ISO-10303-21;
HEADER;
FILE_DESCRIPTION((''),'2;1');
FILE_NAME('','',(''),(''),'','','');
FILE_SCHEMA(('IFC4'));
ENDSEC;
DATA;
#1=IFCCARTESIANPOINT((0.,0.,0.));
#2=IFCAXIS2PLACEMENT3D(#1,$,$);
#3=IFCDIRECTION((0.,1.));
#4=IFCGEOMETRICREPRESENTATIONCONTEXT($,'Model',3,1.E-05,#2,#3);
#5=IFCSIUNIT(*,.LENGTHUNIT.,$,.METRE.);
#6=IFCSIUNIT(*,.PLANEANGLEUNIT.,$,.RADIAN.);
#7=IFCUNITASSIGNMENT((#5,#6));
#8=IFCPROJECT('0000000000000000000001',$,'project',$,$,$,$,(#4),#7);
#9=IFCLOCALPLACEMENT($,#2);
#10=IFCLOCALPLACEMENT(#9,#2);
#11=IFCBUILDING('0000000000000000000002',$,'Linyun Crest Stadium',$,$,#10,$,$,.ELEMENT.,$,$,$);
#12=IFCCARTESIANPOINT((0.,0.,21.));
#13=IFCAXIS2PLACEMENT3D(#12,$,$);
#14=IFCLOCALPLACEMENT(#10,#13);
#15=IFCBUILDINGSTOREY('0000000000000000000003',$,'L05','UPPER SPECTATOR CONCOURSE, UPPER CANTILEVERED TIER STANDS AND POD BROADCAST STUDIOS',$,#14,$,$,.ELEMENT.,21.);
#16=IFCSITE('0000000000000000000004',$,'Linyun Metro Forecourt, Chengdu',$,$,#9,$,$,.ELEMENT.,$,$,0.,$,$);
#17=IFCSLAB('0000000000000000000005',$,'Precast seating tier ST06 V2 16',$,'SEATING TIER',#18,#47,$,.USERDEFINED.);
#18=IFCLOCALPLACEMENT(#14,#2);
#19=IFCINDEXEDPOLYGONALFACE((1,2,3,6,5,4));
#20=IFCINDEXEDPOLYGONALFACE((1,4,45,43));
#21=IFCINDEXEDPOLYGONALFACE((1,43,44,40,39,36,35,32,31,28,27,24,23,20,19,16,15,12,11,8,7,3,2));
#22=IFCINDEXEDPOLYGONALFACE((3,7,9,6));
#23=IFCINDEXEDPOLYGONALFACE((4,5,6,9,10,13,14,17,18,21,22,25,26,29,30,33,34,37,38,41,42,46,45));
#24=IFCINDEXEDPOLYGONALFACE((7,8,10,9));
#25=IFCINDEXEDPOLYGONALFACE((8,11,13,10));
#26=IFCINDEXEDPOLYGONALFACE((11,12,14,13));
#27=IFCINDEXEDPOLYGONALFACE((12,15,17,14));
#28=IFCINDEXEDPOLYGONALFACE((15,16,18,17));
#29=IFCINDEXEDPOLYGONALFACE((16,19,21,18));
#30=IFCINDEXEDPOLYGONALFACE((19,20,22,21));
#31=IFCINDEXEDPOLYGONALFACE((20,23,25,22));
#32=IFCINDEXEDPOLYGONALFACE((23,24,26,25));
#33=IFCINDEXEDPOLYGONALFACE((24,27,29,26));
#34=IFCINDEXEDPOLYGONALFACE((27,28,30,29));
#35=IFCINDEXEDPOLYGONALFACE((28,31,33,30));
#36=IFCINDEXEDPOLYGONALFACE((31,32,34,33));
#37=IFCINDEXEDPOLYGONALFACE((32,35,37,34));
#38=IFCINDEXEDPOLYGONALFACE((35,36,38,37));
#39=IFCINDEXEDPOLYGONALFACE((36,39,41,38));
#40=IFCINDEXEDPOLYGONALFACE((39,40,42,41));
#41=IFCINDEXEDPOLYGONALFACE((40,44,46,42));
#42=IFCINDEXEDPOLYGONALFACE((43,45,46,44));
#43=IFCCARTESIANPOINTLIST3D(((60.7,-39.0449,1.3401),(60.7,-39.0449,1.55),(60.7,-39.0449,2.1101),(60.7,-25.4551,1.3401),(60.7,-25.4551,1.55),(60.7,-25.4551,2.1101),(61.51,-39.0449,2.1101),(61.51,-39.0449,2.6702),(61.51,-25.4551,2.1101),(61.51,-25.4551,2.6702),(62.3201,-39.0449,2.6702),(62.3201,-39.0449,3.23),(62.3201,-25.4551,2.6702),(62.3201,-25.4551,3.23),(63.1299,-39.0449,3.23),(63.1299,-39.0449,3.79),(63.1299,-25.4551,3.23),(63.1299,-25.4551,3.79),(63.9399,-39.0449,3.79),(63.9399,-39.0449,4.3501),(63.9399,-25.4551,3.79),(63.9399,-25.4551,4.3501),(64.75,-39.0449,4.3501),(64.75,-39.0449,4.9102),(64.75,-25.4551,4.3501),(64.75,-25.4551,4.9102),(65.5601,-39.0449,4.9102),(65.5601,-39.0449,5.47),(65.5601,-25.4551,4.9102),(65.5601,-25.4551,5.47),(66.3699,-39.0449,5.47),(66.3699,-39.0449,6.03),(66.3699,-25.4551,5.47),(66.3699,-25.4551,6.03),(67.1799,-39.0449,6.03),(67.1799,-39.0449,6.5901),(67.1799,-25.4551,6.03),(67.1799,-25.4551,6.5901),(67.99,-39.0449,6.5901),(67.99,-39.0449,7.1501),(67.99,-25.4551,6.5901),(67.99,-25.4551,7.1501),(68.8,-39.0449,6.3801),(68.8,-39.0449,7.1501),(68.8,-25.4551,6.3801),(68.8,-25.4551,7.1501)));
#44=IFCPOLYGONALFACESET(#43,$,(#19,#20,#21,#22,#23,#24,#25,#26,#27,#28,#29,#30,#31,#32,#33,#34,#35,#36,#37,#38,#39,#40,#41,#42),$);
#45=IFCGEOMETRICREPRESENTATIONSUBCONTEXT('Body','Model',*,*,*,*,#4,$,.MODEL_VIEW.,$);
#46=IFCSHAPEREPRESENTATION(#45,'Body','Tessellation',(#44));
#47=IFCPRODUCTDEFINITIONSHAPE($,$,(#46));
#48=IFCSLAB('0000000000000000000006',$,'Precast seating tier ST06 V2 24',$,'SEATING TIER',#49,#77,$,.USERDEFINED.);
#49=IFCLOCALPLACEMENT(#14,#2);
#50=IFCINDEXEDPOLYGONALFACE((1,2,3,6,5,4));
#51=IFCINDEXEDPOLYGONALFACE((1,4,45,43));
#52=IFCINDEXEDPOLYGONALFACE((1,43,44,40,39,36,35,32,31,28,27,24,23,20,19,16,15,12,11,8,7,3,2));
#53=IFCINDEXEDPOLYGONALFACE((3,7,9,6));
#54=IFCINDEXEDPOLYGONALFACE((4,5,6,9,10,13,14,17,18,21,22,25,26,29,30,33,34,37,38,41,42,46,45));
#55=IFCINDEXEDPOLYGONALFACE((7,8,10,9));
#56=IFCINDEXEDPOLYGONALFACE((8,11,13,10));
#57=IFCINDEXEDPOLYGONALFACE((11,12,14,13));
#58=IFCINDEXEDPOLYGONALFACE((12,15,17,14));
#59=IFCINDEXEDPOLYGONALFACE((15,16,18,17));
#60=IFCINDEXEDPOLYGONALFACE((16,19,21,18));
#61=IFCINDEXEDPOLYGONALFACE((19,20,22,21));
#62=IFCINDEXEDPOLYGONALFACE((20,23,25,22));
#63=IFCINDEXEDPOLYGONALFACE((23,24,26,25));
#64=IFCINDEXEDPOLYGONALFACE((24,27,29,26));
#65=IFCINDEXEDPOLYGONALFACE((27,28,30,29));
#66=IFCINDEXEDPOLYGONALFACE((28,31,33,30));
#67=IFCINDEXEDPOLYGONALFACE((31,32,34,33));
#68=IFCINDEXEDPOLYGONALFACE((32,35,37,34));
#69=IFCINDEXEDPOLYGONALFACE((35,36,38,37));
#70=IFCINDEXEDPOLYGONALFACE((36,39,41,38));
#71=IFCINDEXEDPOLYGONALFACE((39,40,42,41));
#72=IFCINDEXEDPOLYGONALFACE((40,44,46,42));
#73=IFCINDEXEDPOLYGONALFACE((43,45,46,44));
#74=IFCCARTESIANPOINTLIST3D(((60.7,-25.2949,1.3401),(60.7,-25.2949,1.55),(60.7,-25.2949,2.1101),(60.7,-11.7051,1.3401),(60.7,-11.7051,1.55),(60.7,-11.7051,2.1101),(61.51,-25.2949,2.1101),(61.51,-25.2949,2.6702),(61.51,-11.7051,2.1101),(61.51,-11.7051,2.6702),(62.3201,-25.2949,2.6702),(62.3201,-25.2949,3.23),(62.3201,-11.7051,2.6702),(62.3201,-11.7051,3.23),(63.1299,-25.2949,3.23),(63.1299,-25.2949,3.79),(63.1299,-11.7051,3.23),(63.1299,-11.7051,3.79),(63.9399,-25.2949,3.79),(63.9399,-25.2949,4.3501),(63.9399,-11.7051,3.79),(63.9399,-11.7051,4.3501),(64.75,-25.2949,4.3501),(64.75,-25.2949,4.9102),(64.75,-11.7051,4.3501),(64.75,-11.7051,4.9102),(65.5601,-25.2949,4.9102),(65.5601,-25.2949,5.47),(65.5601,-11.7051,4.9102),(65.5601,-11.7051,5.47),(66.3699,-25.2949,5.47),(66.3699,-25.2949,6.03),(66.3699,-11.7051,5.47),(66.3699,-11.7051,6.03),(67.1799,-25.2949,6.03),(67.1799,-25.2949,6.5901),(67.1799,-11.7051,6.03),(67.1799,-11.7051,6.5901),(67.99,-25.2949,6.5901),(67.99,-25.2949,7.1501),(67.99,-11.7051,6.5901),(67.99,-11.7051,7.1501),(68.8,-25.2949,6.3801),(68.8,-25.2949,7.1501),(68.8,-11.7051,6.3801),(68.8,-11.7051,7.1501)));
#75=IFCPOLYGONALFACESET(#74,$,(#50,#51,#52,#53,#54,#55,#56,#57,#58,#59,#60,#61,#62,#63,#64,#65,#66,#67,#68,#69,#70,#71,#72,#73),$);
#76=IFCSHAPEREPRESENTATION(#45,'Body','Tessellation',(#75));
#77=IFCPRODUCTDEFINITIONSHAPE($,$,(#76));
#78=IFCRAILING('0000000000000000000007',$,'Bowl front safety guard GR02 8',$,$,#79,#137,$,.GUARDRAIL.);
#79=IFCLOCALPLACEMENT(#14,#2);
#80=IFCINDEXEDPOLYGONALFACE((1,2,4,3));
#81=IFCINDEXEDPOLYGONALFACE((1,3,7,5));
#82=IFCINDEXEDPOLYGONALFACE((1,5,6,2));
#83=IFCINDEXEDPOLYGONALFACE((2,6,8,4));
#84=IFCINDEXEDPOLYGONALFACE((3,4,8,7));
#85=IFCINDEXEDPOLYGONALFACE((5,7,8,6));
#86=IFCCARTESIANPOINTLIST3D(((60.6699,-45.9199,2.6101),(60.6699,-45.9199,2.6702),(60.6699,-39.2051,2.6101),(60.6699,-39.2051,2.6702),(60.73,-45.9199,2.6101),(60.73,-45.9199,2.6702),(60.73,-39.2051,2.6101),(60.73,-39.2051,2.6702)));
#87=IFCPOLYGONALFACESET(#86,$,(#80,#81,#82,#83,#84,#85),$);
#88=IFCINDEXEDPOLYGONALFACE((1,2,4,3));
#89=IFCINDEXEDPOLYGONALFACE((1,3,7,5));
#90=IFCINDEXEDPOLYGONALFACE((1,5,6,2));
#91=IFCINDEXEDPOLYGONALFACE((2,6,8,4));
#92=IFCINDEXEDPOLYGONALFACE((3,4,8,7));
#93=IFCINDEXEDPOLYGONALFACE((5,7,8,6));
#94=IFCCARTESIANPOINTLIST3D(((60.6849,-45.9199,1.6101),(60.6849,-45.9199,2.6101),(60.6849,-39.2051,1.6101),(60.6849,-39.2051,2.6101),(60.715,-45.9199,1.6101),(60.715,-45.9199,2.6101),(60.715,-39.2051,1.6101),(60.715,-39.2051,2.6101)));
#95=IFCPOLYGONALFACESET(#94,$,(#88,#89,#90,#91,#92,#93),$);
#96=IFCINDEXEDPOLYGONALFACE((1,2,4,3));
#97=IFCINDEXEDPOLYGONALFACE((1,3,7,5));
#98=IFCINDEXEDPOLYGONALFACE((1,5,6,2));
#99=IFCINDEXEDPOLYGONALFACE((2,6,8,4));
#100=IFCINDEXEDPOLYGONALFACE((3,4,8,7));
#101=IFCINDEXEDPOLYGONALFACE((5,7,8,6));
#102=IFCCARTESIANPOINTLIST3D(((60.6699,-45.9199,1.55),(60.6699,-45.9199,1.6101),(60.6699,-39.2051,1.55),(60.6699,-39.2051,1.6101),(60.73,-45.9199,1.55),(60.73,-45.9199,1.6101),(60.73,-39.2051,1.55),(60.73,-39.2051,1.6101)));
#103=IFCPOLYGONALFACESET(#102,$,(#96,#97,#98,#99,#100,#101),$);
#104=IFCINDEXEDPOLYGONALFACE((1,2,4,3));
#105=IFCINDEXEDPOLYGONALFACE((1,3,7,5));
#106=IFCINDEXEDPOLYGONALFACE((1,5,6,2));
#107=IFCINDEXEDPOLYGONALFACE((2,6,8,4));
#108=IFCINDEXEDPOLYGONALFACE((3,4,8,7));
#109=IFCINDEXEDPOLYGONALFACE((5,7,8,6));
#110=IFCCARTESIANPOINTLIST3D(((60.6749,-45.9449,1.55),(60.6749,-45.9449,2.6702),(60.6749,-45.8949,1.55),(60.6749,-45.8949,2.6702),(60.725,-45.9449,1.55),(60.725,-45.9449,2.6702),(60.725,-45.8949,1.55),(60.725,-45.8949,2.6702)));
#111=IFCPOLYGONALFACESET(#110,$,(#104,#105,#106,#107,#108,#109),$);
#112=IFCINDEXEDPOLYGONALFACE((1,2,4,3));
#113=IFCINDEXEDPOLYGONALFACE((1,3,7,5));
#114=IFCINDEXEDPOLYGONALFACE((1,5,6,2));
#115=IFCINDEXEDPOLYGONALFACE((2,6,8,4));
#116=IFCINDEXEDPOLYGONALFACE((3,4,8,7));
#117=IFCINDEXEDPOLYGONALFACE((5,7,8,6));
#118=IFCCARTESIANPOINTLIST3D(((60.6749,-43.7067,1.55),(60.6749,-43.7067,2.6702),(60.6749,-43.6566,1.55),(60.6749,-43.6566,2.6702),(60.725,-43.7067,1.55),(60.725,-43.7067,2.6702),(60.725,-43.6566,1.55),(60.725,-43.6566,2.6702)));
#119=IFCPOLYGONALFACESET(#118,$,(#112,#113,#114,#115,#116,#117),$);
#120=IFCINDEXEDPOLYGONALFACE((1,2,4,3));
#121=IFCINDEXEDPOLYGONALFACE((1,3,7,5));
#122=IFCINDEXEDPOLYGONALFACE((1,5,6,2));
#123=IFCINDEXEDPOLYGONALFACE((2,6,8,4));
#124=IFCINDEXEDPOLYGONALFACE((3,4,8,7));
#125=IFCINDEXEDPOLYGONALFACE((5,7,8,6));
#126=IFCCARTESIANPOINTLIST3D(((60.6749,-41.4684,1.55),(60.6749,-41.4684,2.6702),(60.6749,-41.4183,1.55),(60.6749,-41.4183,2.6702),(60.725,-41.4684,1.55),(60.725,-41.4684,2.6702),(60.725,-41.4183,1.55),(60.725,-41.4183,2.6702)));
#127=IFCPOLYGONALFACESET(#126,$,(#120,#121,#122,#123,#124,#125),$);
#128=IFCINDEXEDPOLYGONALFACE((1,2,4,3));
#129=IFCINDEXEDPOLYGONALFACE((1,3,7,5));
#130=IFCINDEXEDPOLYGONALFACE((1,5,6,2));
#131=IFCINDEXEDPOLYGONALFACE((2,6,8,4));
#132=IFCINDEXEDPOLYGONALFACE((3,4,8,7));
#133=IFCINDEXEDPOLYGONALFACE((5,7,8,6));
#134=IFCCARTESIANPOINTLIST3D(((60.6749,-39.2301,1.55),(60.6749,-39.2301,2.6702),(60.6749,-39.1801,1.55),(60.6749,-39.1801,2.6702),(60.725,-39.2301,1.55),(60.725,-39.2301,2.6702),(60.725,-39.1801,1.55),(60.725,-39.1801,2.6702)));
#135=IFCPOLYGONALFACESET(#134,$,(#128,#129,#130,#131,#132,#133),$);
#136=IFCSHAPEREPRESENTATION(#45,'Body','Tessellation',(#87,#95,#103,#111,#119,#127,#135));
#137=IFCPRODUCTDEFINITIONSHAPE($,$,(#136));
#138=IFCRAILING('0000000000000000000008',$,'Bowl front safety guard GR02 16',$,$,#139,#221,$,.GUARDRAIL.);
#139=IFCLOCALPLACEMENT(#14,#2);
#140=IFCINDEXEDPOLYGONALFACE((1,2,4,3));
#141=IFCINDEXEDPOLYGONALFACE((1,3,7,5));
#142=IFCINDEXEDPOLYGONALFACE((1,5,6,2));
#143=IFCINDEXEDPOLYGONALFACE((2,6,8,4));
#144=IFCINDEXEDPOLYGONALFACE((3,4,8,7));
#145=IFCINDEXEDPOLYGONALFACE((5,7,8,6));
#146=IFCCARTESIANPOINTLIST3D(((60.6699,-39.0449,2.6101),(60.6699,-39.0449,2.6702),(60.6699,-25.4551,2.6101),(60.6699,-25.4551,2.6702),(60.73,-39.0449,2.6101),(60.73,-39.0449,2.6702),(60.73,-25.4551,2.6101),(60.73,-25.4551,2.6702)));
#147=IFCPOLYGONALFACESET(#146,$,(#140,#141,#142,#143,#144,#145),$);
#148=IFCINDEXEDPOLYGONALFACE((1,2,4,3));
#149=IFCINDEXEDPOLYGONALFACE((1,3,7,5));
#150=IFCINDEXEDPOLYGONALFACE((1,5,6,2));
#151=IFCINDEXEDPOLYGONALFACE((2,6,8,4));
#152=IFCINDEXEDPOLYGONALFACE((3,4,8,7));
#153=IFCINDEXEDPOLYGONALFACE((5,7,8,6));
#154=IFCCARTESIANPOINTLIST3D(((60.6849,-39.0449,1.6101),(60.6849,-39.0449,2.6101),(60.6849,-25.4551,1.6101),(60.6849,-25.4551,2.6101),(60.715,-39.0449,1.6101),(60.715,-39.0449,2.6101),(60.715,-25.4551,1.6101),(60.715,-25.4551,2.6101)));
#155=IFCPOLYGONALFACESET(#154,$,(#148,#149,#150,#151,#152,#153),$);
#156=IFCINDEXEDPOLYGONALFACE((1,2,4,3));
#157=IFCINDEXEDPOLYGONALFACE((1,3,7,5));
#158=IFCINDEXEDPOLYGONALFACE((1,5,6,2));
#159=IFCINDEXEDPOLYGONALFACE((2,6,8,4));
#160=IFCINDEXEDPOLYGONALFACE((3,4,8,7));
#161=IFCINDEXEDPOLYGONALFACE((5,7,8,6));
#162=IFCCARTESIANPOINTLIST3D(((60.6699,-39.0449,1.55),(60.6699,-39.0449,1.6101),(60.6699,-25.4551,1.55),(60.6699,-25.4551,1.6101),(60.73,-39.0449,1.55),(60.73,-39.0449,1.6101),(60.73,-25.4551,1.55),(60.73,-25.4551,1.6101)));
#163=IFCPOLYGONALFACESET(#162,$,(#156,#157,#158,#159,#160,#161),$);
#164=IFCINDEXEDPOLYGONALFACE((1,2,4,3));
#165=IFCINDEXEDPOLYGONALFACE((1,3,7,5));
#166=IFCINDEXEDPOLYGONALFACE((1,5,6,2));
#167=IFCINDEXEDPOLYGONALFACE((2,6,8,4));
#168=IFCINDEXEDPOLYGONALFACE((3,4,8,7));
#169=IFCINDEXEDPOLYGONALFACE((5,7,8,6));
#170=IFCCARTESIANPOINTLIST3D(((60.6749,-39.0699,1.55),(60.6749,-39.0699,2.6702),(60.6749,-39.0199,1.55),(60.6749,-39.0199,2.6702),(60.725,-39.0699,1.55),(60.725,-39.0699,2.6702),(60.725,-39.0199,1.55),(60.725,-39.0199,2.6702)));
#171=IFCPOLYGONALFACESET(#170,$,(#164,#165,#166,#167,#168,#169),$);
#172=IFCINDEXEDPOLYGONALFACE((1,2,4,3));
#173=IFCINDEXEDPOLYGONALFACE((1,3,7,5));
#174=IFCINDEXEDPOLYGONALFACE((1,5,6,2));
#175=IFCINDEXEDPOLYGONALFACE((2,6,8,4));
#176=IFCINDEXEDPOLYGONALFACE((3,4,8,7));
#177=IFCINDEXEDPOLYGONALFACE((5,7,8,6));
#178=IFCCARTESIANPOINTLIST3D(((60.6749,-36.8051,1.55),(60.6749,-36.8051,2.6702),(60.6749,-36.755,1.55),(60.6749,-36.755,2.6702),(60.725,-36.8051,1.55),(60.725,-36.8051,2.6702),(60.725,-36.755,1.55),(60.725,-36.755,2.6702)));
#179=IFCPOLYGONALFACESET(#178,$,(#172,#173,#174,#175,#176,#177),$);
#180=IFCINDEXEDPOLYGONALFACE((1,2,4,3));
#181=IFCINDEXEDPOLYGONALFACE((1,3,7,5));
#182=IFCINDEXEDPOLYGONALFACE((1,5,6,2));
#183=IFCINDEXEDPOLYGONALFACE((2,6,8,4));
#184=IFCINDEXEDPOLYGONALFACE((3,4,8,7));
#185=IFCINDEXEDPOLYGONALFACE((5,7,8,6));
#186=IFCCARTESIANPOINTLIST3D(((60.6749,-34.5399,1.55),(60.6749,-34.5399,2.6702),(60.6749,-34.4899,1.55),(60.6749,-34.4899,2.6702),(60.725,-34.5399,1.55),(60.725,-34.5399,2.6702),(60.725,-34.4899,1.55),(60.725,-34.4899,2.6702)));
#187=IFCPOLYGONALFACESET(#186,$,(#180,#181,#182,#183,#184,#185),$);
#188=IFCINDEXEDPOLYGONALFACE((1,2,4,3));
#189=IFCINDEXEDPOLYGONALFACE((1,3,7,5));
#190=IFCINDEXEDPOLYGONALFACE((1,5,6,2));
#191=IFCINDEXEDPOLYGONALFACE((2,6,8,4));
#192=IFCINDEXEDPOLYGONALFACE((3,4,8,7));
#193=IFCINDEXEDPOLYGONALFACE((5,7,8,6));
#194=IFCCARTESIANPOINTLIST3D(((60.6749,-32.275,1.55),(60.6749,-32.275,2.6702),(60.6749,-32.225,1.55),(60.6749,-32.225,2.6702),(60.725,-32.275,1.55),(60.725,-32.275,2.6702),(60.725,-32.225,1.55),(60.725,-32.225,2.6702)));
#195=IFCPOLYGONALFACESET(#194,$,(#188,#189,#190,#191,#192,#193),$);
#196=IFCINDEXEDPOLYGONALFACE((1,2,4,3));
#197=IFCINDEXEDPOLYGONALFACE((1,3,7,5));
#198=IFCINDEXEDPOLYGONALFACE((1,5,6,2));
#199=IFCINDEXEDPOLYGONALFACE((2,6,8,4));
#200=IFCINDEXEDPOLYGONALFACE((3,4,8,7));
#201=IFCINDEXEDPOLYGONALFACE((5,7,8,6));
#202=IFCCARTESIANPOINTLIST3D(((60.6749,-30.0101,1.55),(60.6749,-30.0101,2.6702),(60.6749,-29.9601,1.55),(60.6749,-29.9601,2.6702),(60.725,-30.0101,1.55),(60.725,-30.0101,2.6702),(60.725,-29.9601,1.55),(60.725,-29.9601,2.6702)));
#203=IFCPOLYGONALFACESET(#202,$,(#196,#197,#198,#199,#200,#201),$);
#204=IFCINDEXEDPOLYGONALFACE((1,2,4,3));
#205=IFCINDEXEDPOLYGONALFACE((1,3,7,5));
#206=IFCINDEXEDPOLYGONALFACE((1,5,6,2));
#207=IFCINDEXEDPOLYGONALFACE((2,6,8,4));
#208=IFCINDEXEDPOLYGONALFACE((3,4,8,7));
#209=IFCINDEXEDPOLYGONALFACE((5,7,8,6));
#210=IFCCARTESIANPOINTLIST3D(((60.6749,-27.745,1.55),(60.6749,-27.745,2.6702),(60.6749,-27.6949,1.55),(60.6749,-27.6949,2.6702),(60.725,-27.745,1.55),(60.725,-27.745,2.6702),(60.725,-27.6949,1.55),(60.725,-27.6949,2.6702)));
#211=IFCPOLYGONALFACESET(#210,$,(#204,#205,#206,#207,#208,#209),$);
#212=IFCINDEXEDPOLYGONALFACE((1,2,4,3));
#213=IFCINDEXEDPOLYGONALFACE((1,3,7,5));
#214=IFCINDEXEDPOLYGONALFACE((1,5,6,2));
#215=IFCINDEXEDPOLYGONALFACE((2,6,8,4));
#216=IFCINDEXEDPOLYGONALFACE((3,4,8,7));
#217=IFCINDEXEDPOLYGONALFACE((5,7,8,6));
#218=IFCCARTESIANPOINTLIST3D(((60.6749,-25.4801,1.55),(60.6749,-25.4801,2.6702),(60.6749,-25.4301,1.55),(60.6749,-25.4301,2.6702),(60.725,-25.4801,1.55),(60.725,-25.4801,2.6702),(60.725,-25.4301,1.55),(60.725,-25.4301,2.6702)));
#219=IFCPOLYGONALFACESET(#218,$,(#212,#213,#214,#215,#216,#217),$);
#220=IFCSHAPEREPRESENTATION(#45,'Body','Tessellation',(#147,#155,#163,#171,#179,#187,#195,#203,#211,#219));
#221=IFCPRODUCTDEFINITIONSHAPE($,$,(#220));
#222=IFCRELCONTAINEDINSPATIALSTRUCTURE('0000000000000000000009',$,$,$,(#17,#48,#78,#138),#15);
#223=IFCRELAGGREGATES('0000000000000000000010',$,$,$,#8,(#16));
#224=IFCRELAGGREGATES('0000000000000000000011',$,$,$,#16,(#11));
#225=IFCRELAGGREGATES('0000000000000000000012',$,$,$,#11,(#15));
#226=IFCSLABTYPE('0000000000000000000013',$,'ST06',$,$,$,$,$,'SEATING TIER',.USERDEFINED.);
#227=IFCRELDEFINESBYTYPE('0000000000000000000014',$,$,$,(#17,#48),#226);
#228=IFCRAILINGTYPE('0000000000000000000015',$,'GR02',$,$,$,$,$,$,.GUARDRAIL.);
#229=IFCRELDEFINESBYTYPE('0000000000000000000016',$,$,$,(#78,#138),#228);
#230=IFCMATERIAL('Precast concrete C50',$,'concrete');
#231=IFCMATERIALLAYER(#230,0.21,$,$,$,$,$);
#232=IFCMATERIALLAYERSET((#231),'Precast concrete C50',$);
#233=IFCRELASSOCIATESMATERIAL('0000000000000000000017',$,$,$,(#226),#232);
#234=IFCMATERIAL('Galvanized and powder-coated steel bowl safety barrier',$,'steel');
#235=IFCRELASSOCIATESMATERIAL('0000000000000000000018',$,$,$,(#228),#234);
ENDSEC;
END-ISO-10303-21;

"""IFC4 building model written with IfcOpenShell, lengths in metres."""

from ifc_helpers import new_model, si_unit, direction, frame, origin, origin_2d, place, context, subcontext, project, spatial, polyline, rectangle, outline, extrude, material, layer, layer_set, type_object, element, save


model = new_model("IFC4")

# Units and contexts
model_context = context("Model", 3, precision=1e-05, world=origin(), true_north=direction((0.0, 1.0)))
body_context = subcontext(model_context, "Body", "Model", "MODEL_VIEW")
ifc_project = project(units=[si_unit("LENGTHUNIT", "METRE"), si_unit("PLANEANGLEUNIT", "RADIAN")], contexts=[model_context])

# Site, building, storey
site_placement = place(None, origin())
site = spatial("IfcSite", under=ifc_project, at=site_placement, Name="Linyun Metro Forecourt, Chengdu", CompositionType="ELEMENT", RefElevation=0.0)
building_placement = place(site_placement, origin())
building = spatial("IfcBuilding", under=site, at=building_placement, Name="Linyun Crest Stadium", CompositionType="ELEMENT")
storey_placement = place(building_placement, frame((0.0, 0.0, 21.0)))
storey = spatial("IfcBuildingStorey", under=building, at=storey_placement, Name="L05", Description="UPPER SPECTATOR CONCOURSE, UPPER CANTILEVERED TIER STANDS AND POD BROADCAST STUDIOS", CompositionType="ELEMENT", Elevation=21.0)

# Slabs
ifc_material_1 = material(Name="Precast concrete C50", Category="concrete")
ifc_layer_1 = layer(ifc_material_1, 0.21)
ifc_layer_set_1 = layer_set([ifc_layer_1], Name="Precast concrete C50")
slab_type = type_object("IfcSlabType", Name="ST06", ElementType="SEATING TIER", PredefinedType="USERDEFINED", material=ifc_layer_set_1)
for number, where, z_axis, x_axis, name in (
    (1, (60.7, -39.0449, 1.55), (0.0, 0.0, 1.0), (1.0, 0.0, 0.0), "Precast seating tier ST06 V2 16"),
    (2, (60.7, -25.2949, 1.55), (0.0, 0.0, 1.0), (1.0, 0.0, 0.0), "Precast seating tier ST06 V2 24"),
):
    element("IfcSlab", number, at=place(storey_placement, frame(where, z_axis=z_axis, x_axis=x_axis)), inside=storey, type_object=slab_type, Name=name, ObjectType="SEATING TIER", PredefinedType="USERDEFINED", context=body_context, shape_type="SweptSolid", body=[
        extrude(outline(polyline([(0.0, 0.0), (0.0, -0.5601), (0.8101, -0.5601), (0.8101, -1.1201), (1.6201, -1.1201), (1.6201, -1.6799), (2.4299, -1.6799), (2.4299, -2.24), (3.24, -2.24), (3.24, -2.8), (4.05, -2.8), (4.05, -3.3601), (4.8601, -3.3601), (4.8601, -3.9199), (5.6699, -3.9199), (5.6699, -4.48), (6.48, -4.48), (6.48, -5.04), (7.29, -5.04), (7.29, -5.6001), (8.1001, -5.6001), (8.1001, -4.8301), (0.0, 0.21), (0.0, 0.0)])), frame((0.0, 0.0, 0.0), z_axis=(0.0, 1.0, 0.0), x_axis=(1.0, 0.0, 0.0)), (0.0, 0.0, 1.0), 13.5898),
    ])

# Railings
ifc_material_2 = material(Name="Galvanized and powder-coated steel bowl safety barrier", Category="steel")
railing_type = type_object("IfcRailingType", Name="GR02", PredefinedType="GUARDRAIL", material=ifc_material_2)
railing_1_placement = place(storey_placement, frame((60.7, -45.9199, 1.55)))
element("IfcRailing", 3, at=railing_1_placement, inside=storey, type_object=railing_type, Name="Bowl front safety guard GR02 8", PredefinedType="GUARDRAIL", context=body_context, shape_type="SweptSolid", body=[
    extrude(rectangle(XDim=0.0601, YDim=0.0601, at=origin_2d()), frame((0.0, 0.0, 1.0901), z_axis=(0.0, 1.0, 0.0), x_axis=(-1.0, 0.0, 0.0)), (0.0, 0.0, 1.0), 6.7148),
    extrude(rectangle(XDim=0.03, YDim=1.0, at=origin_2d()), frame((0.0, 0.0, 0.5601), z_axis=(0.0, 1.0, 0.0), x_axis=(-1.0, 0.0, 0.0)), (0.0, 0.0, 1.0), 6.7148),
    extrude(rectangle(XDim=0.0601, YDim=0.0601, at=origin_2d()), frame((0.0, 0.0, 0.03), z_axis=(0.0, 1.0, 0.0), x_axis=(-1.0, 0.0, 0.0)), (0.0, 0.0, 1.0), 6.7148),
    extrude(rectangle(XDim=0.05, YDim=0.05, at=origin_2d()), origin(), (0.0, 0.0, 1.0), 1.1201),
    extrude(rectangle(XDim=0.05, YDim=0.05, at=origin_2d()), frame((0.0, 2.2383, 0.0)), (0.0, 0.0, 1.0), 1.1201),
    extrude(rectangle(XDim=0.05, YDim=0.05, at=origin_2d()), frame((0.0, 4.4766, 0.0)), (0.0, 0.0, 1.0), 1.1201),
    extrude(rectangle(XDim=0.05, YDim=0.05, at=origin_2d()), frame((0.0, 6.7148, 0.0)), (0.0, 0.0, 1.0), 1.1201),
])
railing_2_placement = place(storey_placement, frame((60.7, -39.0449, 1.55)))
element("IfcRailing", 4, at=railing_2_placement, inside=storey, type_object=railing_type, Name="Bowl front safety guard GR02 16", PredefinedType="GUARDRAIL", context=body_context, shape_type="SweptSolid", body=[
    extrude(rectangle(XDim=0.0601, YDim=0.0601, at=origin_2d()), frame((0.0, 0.0, 1.0901), z_axis=(0.0, 1.0, 0.0), x_axis=(-1.0, 0.0, 0.0)), (0.0, 0.0, 1.0), 13.5898),
    extrude(rectangle(XDim=0.03, YDim=1.0, at=origin_2d()), frame((0.0, 0.0, 0.5601), z_axis=(0.0, 1.0, 0.0), x_axis=(-1.0, 0.0, 0.0)), (0.0, 0.0, 1.0), 13.5898),
    extrude(rectangle(XDim=0.0601, YDim=0.0601, at=origin_2d()), frame((0.0, 0.0, 0.03), z_axis=(0.0, 1.0, 0.0), x_axis=(-1.0, 0.0, 0.0)), (0.0, 0.0, 1.0), 13.5898),
    extrude(rectangle(XDim=0.05, YDim=0.05, at=origin_2d()), origin(), (0.0, 0.0, 1.0), 1.1201),
    extrude(rectangle(XDim=0.05, YDim=0.05, at=origin_2d()), frame((0.0, 2.2649, 0.0)), (0.0, 0.0, 1.0), 1.1201),
    extrude(rectangle(XDim=0.05, YDim=0.05, at=origin_2d()), frame((0.0, 4.53, 0.0)), (0.0, 0.0, 1.0), 1.1201),
    extrude(rectangle(XDim=0.05, YDim=0.05, at=origin_2d()), frame((0.0, 6.7949, 0.0)), (0.0, 0.0, 1.0), 1.1201),
    extrude(rectangle(XDim=0.05, YDim=0.05, at=origin_2d()), frame((0.0, 9.0598, 0.0)), (0.0, 0.0, 1.0), 1.1201),
    extrude(rectangle(XDim=0.05, YDim=0.05, at=origin_2d()), frame((0.0, 11.325, 0.0)), (0.0, 0.0, 1.0), 1.1201),
    extrude(rectangle(XDim=0.05, YDim=0.05, at=origin_2d()), frame((0.0, 13.5898, 0.0)), (0.0, 0.0, 1.0), 1.1201),
])

save(model, "model.ifc")
